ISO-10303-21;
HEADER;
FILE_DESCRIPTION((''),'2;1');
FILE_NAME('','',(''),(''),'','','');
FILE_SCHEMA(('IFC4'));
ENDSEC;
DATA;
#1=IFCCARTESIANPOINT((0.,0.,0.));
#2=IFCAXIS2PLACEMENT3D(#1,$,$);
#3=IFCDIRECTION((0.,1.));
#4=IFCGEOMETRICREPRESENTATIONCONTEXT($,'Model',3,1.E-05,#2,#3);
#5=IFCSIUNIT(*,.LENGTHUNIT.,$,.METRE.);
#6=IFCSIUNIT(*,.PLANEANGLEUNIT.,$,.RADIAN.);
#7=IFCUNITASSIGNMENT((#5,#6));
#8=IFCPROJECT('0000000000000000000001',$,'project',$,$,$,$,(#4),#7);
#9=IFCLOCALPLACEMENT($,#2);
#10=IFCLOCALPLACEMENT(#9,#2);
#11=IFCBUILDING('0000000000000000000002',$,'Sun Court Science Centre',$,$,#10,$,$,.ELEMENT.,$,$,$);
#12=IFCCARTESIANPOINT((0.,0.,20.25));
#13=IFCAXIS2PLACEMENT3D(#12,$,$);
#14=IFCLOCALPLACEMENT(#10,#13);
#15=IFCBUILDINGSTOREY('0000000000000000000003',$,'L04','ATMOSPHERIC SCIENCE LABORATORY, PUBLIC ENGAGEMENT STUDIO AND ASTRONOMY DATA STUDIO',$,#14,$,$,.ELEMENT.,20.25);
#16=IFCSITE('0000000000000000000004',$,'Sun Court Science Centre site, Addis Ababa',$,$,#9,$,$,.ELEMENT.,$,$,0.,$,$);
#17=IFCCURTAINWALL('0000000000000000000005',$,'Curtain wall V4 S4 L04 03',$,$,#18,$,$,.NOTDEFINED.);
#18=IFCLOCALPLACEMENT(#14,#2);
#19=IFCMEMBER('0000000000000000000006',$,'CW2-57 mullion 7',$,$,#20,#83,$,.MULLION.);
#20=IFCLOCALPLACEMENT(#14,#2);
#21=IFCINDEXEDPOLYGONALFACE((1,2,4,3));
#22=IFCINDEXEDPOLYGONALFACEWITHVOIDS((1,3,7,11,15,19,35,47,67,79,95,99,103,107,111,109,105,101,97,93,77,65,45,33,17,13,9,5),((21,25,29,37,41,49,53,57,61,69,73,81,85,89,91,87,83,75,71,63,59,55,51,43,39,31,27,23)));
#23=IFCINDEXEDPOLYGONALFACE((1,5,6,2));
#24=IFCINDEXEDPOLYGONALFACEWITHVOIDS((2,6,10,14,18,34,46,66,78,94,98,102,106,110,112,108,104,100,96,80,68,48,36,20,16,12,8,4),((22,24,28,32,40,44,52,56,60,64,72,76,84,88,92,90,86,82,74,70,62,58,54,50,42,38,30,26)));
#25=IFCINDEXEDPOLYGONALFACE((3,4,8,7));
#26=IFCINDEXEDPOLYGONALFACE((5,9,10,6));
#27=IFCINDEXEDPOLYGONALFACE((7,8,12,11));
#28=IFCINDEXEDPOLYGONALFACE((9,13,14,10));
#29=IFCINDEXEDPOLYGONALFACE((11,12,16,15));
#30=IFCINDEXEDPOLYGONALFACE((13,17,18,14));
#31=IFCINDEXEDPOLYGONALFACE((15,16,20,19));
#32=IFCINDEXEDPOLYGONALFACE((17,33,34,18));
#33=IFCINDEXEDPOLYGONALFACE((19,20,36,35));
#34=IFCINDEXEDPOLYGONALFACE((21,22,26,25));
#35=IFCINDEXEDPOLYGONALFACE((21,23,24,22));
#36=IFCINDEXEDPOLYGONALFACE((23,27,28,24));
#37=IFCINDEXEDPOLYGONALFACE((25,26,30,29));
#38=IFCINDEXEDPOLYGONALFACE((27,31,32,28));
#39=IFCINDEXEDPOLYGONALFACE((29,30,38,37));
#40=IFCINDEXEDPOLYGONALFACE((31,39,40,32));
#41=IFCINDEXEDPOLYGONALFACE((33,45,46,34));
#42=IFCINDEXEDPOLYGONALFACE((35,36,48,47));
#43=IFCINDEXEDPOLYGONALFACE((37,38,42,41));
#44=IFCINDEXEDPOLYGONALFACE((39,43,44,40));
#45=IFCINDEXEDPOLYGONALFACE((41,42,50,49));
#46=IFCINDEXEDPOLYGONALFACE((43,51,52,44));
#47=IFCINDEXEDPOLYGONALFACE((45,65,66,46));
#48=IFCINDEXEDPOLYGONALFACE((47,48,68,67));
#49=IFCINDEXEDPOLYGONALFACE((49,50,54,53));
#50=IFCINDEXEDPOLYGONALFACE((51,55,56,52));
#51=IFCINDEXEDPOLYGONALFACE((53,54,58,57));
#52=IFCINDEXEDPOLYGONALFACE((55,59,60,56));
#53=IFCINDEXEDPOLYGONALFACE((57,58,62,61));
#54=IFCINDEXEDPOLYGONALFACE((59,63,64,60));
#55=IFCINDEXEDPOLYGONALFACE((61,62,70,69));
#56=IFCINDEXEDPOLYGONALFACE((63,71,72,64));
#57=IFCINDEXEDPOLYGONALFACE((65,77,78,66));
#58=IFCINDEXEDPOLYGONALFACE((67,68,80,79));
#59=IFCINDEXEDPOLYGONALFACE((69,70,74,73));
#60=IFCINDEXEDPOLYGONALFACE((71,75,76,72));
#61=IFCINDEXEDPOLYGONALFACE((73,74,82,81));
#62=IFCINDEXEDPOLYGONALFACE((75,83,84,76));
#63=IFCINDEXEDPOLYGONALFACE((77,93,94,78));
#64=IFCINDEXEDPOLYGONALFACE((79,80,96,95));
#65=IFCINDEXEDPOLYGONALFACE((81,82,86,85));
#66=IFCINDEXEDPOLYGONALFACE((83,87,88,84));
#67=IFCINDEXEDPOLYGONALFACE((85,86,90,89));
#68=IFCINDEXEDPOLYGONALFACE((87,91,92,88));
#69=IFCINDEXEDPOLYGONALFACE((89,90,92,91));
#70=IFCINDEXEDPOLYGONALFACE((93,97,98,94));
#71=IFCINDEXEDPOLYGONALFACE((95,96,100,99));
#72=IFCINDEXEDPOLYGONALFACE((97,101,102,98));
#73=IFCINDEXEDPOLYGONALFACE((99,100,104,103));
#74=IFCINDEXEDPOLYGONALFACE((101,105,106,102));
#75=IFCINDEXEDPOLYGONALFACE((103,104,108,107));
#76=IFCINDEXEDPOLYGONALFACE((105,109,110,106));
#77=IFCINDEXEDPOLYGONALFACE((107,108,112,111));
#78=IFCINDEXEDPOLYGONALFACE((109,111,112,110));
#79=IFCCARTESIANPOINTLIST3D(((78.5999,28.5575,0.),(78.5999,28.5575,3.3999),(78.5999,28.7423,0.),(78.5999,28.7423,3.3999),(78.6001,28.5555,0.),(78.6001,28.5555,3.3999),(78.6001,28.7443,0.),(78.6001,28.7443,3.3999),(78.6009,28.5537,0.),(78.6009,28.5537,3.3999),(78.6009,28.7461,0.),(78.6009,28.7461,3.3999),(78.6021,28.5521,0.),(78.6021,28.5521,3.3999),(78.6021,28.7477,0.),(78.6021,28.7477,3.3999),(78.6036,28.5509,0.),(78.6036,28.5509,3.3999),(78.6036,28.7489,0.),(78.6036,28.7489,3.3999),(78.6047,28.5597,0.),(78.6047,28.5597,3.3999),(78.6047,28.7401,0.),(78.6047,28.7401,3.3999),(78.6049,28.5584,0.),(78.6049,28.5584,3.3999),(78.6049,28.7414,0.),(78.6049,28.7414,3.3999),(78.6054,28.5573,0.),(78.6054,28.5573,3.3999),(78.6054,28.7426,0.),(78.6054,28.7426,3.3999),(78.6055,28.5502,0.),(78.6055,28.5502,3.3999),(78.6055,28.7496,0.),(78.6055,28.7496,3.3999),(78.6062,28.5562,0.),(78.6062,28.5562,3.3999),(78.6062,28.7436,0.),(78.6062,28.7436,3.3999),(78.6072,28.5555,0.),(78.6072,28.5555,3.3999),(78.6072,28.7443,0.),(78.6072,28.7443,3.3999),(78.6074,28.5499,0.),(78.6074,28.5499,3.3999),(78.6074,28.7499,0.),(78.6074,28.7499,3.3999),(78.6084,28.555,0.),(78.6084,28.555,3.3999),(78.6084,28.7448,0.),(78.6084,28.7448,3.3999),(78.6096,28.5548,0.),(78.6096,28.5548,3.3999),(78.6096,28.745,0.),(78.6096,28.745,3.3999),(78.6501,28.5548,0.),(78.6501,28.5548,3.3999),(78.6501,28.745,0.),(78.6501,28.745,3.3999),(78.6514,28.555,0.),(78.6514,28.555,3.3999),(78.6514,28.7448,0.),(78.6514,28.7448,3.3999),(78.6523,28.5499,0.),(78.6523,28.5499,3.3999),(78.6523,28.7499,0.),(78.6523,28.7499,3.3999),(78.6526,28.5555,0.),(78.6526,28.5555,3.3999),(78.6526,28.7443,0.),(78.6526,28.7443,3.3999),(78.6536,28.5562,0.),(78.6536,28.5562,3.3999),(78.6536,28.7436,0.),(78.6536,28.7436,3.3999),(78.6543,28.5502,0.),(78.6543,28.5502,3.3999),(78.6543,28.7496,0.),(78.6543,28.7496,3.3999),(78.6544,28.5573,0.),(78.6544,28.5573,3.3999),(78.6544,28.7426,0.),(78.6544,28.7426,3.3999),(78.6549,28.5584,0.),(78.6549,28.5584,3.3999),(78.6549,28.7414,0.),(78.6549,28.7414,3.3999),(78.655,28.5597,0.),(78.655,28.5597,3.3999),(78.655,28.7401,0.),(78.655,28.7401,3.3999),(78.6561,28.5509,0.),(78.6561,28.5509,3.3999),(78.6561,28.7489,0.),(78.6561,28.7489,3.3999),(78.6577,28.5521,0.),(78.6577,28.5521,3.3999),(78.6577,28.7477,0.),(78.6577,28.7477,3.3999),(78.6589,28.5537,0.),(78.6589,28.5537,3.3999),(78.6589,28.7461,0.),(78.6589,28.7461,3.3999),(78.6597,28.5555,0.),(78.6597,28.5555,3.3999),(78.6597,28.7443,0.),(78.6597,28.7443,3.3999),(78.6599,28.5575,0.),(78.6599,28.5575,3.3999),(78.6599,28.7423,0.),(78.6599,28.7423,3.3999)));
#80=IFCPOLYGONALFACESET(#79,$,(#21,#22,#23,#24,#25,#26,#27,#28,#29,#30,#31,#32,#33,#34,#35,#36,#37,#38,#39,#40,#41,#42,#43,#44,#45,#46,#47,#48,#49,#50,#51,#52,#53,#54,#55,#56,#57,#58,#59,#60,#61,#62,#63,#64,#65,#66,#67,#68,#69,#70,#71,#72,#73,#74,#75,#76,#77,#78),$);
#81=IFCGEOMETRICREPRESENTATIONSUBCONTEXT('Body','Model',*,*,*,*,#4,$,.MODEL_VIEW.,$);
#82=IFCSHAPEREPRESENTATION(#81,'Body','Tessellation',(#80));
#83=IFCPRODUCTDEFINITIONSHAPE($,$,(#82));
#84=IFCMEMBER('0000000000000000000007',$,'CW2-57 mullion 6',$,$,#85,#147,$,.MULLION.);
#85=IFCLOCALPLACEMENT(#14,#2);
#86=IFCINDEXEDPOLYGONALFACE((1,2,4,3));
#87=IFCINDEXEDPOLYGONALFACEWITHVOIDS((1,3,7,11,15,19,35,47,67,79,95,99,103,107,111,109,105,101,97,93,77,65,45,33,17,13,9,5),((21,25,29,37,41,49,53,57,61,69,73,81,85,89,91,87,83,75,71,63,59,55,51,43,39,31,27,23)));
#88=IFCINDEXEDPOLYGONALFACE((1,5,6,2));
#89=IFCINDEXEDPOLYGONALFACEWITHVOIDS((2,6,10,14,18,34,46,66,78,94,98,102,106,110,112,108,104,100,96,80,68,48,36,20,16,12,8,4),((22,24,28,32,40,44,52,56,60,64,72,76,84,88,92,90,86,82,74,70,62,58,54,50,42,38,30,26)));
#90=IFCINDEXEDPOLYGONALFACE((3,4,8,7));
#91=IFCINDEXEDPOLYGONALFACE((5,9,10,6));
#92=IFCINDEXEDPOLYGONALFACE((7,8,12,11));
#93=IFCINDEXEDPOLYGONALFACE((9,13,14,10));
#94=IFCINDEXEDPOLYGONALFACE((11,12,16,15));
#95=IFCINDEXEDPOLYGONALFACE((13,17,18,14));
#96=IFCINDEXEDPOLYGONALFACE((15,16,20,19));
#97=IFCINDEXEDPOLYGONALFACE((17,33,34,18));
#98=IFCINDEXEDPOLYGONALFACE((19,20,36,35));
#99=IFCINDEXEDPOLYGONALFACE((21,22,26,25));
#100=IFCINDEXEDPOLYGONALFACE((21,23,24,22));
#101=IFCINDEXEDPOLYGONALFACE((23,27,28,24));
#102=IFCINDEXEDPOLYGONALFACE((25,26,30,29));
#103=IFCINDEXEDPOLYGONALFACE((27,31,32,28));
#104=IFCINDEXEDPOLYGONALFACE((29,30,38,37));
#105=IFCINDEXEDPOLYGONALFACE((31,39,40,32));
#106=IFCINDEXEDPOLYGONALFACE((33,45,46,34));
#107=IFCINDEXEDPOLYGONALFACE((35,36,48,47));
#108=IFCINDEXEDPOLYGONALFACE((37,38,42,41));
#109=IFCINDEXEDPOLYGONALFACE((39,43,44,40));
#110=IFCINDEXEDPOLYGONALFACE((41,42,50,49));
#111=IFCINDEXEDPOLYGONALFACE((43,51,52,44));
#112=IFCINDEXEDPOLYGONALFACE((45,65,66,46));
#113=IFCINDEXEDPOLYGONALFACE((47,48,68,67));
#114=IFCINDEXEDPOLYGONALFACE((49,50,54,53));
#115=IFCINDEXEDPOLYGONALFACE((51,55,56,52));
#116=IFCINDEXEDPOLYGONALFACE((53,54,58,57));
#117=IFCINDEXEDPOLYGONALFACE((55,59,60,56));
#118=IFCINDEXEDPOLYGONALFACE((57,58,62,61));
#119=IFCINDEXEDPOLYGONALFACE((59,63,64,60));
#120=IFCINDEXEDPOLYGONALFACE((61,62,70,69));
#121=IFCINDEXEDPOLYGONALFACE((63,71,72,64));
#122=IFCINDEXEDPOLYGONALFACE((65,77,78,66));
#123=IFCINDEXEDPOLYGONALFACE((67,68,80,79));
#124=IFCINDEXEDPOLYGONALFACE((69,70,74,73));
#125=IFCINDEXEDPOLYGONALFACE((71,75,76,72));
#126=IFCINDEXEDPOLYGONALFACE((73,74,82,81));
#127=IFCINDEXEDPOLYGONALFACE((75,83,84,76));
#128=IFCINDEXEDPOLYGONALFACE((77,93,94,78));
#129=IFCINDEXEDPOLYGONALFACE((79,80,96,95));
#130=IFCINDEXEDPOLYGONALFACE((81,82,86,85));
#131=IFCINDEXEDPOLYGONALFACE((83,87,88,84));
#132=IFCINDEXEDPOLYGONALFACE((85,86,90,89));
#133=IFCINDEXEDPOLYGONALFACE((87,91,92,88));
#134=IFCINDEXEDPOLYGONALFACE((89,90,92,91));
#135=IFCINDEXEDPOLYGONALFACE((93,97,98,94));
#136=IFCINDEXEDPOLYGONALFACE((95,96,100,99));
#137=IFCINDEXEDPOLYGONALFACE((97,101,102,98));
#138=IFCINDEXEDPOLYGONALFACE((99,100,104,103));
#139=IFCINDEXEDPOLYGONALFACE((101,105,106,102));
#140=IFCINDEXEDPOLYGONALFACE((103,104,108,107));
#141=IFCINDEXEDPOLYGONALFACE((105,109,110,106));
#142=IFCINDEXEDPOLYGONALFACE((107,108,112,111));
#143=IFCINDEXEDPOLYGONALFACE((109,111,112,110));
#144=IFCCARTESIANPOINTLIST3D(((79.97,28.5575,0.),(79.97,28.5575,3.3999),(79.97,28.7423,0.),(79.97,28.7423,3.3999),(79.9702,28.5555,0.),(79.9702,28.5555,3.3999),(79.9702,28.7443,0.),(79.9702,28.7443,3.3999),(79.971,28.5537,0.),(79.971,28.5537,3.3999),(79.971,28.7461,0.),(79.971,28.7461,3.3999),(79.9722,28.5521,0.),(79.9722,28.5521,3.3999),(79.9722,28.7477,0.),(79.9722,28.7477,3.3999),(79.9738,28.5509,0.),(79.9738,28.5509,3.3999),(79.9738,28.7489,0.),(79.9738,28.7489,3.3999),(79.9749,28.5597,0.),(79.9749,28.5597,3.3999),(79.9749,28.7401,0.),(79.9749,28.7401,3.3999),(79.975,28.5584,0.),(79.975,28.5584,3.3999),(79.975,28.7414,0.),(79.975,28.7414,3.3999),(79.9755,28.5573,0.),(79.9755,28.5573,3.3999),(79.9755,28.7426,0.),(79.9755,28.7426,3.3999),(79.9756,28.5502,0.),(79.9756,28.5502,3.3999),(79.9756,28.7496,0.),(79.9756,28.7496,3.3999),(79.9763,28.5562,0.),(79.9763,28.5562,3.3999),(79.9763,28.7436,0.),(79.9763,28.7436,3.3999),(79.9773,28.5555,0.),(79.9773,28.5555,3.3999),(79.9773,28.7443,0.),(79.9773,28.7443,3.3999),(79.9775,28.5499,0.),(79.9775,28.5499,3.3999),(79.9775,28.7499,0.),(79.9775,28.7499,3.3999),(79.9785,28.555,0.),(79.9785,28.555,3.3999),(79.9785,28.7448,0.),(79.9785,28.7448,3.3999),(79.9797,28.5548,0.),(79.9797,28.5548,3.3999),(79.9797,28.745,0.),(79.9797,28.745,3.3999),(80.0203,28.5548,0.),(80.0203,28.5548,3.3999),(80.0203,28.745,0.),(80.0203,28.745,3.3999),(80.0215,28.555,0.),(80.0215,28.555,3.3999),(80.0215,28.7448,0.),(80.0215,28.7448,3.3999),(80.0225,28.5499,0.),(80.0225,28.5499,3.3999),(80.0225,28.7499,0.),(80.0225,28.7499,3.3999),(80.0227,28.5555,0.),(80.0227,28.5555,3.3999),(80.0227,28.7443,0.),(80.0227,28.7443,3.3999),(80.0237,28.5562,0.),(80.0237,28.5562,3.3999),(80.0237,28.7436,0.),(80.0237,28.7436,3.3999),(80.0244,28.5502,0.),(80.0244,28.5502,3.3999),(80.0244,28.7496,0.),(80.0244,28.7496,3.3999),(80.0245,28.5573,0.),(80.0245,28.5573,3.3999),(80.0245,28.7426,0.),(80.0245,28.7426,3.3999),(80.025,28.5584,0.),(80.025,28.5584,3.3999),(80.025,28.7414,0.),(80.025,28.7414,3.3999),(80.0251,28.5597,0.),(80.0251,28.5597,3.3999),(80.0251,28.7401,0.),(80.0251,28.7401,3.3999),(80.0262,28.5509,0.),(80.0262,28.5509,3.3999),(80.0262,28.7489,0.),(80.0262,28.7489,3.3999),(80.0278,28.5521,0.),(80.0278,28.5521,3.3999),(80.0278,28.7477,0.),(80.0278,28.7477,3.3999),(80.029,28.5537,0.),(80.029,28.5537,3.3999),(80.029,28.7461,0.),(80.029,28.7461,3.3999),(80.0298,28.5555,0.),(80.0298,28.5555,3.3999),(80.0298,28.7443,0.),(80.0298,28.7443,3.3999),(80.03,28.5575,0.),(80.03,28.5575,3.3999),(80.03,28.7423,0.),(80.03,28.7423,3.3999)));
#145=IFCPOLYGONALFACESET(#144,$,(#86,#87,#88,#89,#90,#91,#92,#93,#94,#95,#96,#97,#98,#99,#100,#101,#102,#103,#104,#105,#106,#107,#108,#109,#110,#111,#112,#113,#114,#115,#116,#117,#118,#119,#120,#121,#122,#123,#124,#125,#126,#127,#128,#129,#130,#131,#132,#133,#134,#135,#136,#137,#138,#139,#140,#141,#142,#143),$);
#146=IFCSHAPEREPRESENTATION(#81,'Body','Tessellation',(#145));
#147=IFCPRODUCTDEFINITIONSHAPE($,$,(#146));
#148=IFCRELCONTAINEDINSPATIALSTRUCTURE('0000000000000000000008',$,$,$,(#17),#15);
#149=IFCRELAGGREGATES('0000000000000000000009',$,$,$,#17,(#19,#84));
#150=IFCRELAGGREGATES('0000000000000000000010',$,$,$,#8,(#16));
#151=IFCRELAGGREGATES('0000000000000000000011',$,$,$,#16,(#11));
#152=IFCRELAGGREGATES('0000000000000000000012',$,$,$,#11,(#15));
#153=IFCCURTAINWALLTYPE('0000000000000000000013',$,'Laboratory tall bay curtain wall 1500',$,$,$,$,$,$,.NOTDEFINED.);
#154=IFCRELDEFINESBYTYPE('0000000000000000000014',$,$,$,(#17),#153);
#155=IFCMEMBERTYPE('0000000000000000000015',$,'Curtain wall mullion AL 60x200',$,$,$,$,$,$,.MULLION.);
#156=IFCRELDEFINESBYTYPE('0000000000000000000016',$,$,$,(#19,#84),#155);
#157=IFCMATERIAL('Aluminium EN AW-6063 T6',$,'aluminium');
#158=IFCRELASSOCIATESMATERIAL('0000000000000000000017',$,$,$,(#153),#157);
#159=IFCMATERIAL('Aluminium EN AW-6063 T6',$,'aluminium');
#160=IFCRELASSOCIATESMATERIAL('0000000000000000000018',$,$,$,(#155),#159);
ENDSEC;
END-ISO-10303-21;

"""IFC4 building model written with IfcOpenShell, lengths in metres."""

from ifc_helpers import new_model, si_unit, direction, frame, origin, origin_2d, place, context, subcontext, project, spatial, hollow_rectangle, extrude, material, material_profile, profile_set, type_object, element, aggregate, save


model = new_model("IFC4")

# Units and contexts
model_context = context("Model", 3, precision=1e-05, world=origin(), true_north=direction((0.0, 1.0)))
body_context = subcontext(model_context, "Body", "Model", "MODEL_VIEW")
ifc_project = project(units=[si_unit("LENGTHUNIT", "METRE"), si_unit("PLANEANGLEUNIT", "RADIAN")], contexts=[model_context])

# Site, building, storey
site_placement = place(None, origin())
site = spatial("IfcSite", under=ifc_project, at=site_placement, Name="Sun Court Science Centre site, Addis Ababa", CompositionType="ELEMENT", RefElevation=0.0)
building_placement = place(site_placement, origin())
building = spatial("IfcBuilding", under=site, at=building_placement, Name="Sun Court Science Centre", CompositionType="ELEMENT")
storey_placement = place(building_placement, frame((0.0, 0.0, 20.25)))
storey = spatial("IfcBuildingStorey", under=building, at=storey_placement, Name="L04", Description="ATMOSPHERIC SCIENCE LABORATORY, PUBLIC ENGAGEMENT STUDIO AND ASTRONOMY DATA STUDIO", CompositionType="ELEMENT", Elevation=20.25)

# Curtain wall, members
ifc_material_1 = material(Name="Aluminium EN AW-6063 T6", Category="aluminium")
curtain_wall_type = type_object("IfcCurtainWallType", Name="Laboratory tall bay curtain wall 1500", PredefinedType="NOTDEFINED", material=ifc_material_1)
curtain_wall_placement = place(storey_placement, origin())
curtain_wall = element("IfcCurtainWall", 1, at=curtain_wall_placement, inside=storey, type_object=curtain_wall_type, Name="Curtain wall V4 S4 L04 03", PredefinedType="NOTDEFINED")
ifc_material_2 = material(Name="Aluminium EN AW-6063 T6", Category="aluminium")
ifc_material_profile_1 = material_profile(ifc_material_2, hollow_rectangle(XDim=0.0601, YDim=0.2, WallThickness=0.0049, InnerFilletRadius=0.0049, OuterFilletRadius=0.0076, at=origin_2d()), Name="AL 60x200x5")
ifc_profile_set_1 = profile_set([ifc_material_profile_1], Name="Aluminium EN AW-6063 T6")
member_type_1 = type_object("IfcMemberType", Name="Curtain wall mullion AL 60x200", PredefinedType="MULLION", material=ifc_profile_set_1)
member_1_placement = place(storey_placement, frame((78.6299, 28.6499, 0.0), z_axis=(0.0, 0.0, 1.0), x_axis=(-1.0, 0.0, 0.0)))
member_1 = element("IfcMember", 2, at=member_1_placement, type_object=member_type_1, Name="CW2-57 mullion 7", PredefinedType="MULLION", context=body_context, shape_type="SweptSolid", body=[
    extrude(hollow_rectangle(XDim=0.0601, YDim=0.2, WallThickness=0.0049, InnerFilletRadius=0.0049, OuterFilletRadius=0.0076, at=origin_2d()), origin(), (0.0, 0.0, 1.0), 3.3999),
])
member_2_placement = place(storey_placement, frame((80.0, 28.6499, 0.0), z_axis=(0.0, 0.0, 1.0), x_axis=(-1.0, 0.0, 0.0)))
member_2 = element("IfcMember", 3, at=member_2_placement, type_object=member_type_1, Name="CW2-57 mullion 6", PredefinedType="MULLION", context=body_context, shape_type="SweptSolid", body=[
    extrude(hollow_rectangle(XDim=0.0601, YDim=0.2, WallThickness=0.0049, InnerFilletRadius=0.0049, OuterFilletRadius=0.0076, at=origin_2d()), origin(), (0.0, 0.0, 1.0), 3.3999),
])

aggregate(curtain_wall, [member_1, member_2])

save(model, "model.ifc")
